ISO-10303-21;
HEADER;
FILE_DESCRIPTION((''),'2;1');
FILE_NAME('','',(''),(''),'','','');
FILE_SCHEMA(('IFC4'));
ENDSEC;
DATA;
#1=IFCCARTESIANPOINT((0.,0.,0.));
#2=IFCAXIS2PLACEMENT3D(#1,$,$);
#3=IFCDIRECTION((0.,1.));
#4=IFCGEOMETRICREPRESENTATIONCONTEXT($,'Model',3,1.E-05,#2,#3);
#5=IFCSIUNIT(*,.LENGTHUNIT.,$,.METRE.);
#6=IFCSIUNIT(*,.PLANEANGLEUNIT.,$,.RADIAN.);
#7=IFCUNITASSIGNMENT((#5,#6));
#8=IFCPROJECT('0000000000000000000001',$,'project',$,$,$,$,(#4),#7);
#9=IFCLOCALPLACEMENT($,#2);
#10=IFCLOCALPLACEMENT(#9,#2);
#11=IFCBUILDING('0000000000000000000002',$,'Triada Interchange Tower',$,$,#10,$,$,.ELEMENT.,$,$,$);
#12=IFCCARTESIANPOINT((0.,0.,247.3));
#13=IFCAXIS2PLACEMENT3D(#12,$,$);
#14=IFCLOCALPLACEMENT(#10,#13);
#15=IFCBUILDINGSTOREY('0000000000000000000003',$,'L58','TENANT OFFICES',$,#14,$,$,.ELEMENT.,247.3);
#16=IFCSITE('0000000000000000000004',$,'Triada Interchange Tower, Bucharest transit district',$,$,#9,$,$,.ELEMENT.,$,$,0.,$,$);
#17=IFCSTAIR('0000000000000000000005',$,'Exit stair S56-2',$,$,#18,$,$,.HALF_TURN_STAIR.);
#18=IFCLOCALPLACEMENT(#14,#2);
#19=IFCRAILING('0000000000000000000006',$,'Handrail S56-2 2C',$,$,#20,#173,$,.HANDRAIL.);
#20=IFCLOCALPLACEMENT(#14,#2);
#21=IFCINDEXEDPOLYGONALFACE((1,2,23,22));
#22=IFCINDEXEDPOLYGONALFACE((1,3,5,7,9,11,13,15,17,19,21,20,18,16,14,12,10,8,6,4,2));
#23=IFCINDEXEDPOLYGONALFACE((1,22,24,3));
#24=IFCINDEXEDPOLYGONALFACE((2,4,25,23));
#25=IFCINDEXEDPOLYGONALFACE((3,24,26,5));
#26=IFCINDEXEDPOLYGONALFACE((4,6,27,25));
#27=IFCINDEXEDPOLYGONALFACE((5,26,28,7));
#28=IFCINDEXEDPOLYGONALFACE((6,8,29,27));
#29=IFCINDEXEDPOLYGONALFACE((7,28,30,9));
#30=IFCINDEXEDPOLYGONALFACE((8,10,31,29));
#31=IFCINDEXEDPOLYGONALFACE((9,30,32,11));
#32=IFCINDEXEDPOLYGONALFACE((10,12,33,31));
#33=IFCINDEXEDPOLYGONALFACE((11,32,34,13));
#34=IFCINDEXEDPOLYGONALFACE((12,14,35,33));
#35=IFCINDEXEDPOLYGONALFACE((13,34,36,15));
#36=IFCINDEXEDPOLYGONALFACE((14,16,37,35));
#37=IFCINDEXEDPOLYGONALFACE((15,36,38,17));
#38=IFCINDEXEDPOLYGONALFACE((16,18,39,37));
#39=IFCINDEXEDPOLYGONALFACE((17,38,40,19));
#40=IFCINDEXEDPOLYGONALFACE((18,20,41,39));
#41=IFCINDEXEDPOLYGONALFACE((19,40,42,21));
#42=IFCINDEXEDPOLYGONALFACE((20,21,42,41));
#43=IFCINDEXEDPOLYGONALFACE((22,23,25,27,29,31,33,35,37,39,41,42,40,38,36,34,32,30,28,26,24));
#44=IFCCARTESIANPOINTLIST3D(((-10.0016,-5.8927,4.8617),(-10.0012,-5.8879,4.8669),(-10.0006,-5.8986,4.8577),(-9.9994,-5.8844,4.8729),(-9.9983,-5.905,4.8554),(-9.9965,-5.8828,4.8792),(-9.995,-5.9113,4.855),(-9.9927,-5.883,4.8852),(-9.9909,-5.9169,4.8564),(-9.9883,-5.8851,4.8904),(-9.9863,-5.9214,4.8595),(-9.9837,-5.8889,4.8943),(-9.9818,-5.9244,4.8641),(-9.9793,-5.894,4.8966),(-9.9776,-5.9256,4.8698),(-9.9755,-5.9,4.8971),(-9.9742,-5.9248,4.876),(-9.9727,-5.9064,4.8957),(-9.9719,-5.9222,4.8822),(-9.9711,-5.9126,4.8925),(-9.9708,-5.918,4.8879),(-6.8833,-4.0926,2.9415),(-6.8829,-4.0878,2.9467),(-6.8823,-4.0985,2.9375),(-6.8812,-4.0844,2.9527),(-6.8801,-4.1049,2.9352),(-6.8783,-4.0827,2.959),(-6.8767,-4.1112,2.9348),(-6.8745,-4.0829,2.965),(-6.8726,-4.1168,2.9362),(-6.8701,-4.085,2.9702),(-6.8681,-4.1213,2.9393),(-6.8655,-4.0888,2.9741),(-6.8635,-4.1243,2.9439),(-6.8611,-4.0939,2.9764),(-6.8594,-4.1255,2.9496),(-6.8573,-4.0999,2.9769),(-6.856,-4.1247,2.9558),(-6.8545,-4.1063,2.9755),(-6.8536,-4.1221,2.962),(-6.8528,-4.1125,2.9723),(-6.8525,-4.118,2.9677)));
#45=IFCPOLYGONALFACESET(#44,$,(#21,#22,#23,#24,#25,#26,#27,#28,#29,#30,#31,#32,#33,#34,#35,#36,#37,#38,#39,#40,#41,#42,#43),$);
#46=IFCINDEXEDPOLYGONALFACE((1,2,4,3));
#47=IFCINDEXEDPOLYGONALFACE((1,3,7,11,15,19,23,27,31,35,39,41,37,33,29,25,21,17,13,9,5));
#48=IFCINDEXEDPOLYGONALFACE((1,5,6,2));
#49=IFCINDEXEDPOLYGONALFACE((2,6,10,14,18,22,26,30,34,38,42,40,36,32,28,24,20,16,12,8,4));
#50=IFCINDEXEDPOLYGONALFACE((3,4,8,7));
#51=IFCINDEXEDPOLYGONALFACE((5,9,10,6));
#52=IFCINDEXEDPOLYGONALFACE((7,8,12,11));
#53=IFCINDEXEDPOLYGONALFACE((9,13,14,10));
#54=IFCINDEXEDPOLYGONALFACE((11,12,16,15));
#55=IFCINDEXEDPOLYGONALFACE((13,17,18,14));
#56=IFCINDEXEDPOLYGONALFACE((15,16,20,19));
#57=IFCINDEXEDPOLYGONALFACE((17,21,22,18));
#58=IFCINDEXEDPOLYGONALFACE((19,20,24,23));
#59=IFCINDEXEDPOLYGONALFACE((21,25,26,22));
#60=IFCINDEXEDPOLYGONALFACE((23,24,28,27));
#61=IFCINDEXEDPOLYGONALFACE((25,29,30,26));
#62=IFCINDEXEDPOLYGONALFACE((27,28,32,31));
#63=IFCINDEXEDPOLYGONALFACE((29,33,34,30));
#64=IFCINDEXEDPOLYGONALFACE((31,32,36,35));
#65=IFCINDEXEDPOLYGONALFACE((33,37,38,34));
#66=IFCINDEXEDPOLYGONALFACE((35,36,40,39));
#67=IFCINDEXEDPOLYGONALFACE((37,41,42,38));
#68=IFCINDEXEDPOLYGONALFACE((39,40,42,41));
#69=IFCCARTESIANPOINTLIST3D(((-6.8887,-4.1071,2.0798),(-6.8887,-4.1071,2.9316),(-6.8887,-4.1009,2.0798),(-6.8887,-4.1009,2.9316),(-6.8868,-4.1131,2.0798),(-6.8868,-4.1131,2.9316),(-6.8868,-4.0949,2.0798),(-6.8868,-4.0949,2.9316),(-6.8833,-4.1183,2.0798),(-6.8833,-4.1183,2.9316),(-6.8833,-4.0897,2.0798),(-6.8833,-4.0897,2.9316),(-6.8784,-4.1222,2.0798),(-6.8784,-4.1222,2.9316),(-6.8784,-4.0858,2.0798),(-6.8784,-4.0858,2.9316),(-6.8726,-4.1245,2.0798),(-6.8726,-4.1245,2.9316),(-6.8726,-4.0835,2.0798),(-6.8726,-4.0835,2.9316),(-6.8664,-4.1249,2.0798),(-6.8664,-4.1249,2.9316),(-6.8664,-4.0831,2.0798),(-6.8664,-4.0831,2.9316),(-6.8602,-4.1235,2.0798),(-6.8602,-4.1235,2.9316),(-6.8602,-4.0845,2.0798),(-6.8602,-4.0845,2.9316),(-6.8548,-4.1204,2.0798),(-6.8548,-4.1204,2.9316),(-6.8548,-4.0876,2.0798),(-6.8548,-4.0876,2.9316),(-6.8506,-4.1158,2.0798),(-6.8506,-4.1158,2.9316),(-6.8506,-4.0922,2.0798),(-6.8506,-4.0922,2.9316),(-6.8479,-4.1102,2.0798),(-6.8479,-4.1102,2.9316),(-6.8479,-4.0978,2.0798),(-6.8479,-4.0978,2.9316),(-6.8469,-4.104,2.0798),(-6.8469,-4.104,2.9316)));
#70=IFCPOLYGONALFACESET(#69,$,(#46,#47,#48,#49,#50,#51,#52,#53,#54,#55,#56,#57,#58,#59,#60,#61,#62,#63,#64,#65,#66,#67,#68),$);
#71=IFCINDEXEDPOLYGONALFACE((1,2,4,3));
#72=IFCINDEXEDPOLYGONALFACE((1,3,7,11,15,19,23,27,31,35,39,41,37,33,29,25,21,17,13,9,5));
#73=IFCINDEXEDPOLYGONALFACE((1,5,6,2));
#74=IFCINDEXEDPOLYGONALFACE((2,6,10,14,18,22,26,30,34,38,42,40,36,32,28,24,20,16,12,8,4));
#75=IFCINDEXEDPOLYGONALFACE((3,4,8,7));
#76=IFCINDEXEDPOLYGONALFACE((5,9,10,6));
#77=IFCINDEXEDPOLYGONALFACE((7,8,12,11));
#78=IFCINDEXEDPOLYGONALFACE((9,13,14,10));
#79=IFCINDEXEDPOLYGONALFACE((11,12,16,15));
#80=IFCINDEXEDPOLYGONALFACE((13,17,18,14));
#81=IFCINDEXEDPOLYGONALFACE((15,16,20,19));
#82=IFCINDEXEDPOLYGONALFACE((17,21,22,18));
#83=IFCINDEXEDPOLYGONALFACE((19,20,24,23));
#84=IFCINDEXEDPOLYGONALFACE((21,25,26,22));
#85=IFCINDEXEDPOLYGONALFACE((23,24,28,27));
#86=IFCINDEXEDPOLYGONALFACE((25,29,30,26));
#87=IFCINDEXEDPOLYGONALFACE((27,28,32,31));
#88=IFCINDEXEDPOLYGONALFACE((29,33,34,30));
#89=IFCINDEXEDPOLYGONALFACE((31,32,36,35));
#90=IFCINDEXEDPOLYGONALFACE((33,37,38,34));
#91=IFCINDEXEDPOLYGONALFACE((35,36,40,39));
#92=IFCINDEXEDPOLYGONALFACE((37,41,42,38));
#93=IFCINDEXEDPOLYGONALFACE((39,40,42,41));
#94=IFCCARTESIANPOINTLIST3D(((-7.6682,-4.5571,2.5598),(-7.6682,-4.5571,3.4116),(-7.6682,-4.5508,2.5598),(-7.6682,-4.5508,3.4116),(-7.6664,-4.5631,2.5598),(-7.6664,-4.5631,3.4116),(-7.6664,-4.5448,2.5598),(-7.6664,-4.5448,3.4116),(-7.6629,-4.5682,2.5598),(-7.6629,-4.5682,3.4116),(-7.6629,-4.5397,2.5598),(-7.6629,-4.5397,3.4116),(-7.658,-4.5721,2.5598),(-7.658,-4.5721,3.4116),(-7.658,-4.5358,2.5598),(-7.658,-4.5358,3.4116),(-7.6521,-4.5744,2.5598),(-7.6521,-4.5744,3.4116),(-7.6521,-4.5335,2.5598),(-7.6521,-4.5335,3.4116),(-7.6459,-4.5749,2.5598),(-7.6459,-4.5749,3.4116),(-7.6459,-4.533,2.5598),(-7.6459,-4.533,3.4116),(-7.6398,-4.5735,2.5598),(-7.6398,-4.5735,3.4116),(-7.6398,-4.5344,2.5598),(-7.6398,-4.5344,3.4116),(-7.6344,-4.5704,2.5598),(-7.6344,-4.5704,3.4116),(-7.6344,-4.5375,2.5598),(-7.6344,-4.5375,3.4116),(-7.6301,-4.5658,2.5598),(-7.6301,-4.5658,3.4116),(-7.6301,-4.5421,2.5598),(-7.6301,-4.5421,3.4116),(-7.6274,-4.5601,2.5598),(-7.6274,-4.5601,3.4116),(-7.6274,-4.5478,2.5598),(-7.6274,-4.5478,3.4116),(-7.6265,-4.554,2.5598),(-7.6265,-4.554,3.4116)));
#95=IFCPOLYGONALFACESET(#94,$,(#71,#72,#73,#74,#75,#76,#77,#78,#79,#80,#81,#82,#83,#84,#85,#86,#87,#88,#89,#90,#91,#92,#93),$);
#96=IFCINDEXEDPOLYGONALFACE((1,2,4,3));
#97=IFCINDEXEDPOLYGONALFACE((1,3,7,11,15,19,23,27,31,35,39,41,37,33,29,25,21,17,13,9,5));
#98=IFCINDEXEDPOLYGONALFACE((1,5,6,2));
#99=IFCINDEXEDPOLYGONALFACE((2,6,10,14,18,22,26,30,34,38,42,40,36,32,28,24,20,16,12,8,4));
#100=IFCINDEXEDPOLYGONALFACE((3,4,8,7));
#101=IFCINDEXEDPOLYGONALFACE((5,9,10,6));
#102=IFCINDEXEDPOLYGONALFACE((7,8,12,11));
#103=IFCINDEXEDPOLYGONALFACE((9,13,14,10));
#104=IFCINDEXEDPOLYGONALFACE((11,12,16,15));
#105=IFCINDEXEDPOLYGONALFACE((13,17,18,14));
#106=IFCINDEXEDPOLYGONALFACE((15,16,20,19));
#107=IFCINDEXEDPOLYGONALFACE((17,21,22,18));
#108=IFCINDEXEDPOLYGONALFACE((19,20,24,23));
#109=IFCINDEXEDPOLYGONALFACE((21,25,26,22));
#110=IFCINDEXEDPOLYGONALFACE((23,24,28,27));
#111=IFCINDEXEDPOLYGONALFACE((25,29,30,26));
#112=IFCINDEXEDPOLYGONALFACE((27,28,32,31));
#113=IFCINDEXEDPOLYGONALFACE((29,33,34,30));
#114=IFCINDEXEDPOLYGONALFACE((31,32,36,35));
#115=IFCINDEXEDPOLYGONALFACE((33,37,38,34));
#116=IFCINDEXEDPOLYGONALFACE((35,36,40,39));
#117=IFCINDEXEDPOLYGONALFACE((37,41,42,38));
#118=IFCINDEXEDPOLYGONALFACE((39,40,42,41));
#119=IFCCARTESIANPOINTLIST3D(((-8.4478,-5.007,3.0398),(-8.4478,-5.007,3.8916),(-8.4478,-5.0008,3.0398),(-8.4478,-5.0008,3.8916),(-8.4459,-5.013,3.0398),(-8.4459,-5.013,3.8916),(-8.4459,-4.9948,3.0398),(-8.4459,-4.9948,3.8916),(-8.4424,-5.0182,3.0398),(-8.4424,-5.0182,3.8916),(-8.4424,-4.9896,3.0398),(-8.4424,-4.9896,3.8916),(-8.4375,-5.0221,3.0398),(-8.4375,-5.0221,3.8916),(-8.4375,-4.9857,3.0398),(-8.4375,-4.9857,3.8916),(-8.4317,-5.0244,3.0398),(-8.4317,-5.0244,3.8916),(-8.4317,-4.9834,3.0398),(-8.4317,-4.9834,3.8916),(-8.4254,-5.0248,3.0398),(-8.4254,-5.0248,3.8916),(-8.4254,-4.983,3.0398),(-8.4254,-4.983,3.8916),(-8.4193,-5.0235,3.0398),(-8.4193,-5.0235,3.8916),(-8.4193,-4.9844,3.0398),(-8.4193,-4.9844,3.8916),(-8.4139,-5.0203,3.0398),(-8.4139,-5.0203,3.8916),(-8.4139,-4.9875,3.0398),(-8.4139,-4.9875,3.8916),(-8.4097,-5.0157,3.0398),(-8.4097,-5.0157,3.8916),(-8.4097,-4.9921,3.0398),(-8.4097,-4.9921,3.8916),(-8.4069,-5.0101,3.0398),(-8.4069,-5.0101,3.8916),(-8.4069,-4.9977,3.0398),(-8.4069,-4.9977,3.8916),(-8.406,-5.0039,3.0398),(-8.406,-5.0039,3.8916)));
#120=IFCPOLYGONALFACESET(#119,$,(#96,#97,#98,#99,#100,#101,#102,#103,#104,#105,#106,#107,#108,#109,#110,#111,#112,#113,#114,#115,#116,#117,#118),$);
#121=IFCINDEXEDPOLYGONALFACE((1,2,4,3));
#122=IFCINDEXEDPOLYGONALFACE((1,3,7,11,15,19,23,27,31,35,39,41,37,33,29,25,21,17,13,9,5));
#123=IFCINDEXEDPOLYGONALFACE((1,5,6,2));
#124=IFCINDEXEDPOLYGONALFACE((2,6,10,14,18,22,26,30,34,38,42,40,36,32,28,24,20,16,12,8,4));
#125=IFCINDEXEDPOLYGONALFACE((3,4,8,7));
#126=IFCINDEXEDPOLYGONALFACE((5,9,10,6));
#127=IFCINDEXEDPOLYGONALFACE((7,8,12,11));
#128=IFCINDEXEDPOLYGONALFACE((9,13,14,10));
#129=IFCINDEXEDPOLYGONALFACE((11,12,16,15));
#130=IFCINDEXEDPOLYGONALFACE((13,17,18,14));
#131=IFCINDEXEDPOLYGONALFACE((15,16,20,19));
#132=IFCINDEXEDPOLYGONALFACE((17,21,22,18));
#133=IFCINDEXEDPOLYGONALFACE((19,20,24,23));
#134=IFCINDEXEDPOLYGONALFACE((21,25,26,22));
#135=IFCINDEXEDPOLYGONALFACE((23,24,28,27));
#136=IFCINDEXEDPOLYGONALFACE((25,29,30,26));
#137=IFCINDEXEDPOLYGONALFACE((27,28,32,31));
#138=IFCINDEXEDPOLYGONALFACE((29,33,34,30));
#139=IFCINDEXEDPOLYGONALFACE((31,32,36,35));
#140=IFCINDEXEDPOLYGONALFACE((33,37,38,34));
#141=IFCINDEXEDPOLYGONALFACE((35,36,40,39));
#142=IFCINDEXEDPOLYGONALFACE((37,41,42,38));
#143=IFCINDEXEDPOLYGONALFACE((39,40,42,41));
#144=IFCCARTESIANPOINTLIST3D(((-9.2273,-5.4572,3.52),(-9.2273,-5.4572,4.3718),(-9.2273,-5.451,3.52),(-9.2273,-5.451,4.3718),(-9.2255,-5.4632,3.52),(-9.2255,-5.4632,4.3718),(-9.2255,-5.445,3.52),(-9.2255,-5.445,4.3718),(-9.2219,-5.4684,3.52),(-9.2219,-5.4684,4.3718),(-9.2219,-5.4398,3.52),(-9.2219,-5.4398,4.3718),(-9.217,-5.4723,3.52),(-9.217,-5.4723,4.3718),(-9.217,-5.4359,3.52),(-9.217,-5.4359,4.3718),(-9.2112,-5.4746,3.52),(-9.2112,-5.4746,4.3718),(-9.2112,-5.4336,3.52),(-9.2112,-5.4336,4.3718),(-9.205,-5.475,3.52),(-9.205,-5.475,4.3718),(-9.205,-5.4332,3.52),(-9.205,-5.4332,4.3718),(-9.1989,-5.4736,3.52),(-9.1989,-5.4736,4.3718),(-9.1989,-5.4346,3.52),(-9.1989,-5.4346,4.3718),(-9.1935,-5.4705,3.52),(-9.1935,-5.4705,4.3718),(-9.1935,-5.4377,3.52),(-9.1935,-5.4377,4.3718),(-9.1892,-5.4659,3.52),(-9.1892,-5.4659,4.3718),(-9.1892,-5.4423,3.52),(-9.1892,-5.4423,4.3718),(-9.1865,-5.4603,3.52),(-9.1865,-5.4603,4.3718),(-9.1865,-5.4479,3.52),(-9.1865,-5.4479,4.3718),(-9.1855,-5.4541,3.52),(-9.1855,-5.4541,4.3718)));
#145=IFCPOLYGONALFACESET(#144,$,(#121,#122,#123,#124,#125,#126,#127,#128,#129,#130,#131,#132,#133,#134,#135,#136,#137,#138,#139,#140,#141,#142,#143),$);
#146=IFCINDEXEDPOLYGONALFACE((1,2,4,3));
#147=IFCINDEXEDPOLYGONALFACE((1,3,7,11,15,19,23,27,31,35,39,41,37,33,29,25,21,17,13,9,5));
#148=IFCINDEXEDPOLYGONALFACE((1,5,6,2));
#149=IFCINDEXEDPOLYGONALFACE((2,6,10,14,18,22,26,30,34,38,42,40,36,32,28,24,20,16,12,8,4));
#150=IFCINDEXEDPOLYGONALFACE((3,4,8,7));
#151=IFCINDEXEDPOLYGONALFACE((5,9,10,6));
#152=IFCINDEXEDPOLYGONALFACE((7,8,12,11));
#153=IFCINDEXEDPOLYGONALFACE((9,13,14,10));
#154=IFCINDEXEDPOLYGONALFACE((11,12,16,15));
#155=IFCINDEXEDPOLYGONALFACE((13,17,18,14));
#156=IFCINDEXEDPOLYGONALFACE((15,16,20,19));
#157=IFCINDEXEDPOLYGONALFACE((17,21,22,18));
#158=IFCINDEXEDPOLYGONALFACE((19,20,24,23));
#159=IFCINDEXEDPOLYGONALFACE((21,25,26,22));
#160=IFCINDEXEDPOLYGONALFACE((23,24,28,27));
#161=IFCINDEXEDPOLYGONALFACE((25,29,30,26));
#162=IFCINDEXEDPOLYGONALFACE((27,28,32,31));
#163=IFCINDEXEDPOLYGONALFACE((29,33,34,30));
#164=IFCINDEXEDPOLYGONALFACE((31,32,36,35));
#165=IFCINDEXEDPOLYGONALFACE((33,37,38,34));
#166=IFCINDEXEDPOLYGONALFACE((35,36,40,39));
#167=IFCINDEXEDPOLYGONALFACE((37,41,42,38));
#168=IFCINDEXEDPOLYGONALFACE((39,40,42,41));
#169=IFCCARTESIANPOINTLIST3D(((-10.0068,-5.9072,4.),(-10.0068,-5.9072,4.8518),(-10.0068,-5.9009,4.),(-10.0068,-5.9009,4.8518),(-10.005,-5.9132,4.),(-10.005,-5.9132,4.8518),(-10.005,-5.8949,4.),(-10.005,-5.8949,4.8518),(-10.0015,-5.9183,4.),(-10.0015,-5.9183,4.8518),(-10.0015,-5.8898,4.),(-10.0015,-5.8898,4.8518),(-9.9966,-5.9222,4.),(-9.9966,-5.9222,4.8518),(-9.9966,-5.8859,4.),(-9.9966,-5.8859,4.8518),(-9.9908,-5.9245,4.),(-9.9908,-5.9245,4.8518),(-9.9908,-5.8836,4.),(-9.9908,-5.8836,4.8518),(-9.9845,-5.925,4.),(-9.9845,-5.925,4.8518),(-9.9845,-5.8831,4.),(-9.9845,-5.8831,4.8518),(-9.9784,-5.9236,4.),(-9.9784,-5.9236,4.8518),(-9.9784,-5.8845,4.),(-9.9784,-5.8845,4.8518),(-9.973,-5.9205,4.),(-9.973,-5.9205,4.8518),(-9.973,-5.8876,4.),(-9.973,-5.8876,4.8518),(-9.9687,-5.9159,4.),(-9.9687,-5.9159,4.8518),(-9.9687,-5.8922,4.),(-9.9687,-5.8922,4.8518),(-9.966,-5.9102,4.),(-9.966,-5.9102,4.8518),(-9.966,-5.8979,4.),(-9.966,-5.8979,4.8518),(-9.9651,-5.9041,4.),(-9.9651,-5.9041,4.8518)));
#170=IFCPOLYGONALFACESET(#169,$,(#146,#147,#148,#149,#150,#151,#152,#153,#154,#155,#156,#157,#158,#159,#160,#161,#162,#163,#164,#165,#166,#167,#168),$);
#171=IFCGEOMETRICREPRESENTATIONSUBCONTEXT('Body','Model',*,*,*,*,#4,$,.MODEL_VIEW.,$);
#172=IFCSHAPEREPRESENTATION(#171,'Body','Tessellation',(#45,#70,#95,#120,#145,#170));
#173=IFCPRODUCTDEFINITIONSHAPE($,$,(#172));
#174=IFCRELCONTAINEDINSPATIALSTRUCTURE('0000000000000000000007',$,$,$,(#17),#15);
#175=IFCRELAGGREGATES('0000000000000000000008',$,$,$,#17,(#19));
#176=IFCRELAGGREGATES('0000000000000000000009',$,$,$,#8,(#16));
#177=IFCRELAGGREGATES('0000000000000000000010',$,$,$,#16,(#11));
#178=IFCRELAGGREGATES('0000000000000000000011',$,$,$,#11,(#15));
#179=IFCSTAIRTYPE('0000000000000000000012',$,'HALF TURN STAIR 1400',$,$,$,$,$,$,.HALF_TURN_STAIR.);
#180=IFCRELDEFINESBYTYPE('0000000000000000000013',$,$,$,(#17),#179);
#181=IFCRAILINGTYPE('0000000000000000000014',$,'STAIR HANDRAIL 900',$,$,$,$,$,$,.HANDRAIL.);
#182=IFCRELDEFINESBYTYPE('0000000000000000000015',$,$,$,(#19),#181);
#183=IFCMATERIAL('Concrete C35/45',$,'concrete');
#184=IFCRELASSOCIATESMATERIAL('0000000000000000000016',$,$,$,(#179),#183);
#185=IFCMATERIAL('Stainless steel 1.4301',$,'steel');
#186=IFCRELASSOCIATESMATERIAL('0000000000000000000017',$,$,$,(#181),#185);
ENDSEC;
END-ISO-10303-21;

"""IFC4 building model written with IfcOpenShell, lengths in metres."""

from ifc_helpers import new_model, si_unit, direction, frame, origin, origin_2d, place, context, subcontext, project, spatial, circle, extrude, material, type_object, element, aggregate, save


model = new_model("IFC4")

# Units and contexts
model_context = context("Model", 3, precision=1e-05, world=origin(), true_north=direction((0.0, 1.0)))
body_context = subcontext(model_context, "Body", "Model", "MODEL_VIEW")
ifc_project = project(units=[si_unit("LENGTHUNIT", "METRE"), si_unit("PLANEANGLEUNIT", "RADIAN")], contexts=[model_context])

# Site, building, storey
site_placement = place(None, origin())
site = spatial("IfcSite", under=ifc_project, at=site_placement, Name="Triada Interchange Tower, Bucharest transit district", CompositionType="ELEMENT", RefElevation=0.0)
building_placement = place(site_placement, origin())
building = spatial("IfcBuilding", under=site, at=building_placement, Name="Triada Interchange Tower", CompositionType="ELEMENT")
storey_placement = place(building_placement, frame((0.0, 0.0, 247.3)))
storey = spatial("IfcBuildingStorey", under=building, at=storey_placement, Name="L58", Description="TENANT OFFICES", CompositionType="ELEMENT", Elevation=247.3)

# Stair, railing
ifc_material_1 = material(Name="Concrete C35/45", Category="concrete")
stair_type = type_object("IfcStairType", Name="HALF TURN STAIR 1400", PredefinedType="HALF_TURN_STAIR", material=ifc_material_1)
stair_placement = place(storey_placement, origin())
stair = element("IfcStair", 1, at=stair_placement, inside=storey, type_object=stair_type, Name="Exit stair S56-2", PredefinedType="HALF_TURN_STAIR")
ifc_material_2 = material(Name="Stainless steel 1.4301", Category="steel")
railing_type = type_object("IfcRailingType", Name="STAIR HANDRAIL 900", PredefinedType="HANDRAIL", material=ifc_material_2)
railing_1_placement = place(storey_placement, frame((-6.8679, -4.104, 2.0798)))
railing_1 = element("IfcRailing", 2, at=railing_1_placement, type_object=railing_type, Name="Handrail S56-2 2C", PredefinedType="HANDRAIL", context=body_context, shape_type="SweptSolid", body=[
    extrude(circle(Radius=0.0239, at=origin_2d()), frame((0.0, 0.0, 0.876), z_axis=(-0.76417, -0.441139, 0.470576), x_axis=(0.499953, -0.866052, 0.0)), (0.0, 0.0, 1.0), 4.0806),
    extrude(circle(Radius=0.021, at=origin_2d()), origin(), (0.0, 0.0, 1.0), 0.8518),
    extrude(circle(Radius=0.021, at=origin_2d()), frame((-0.7795, -0.45, 0.48)), (0.0, 0.0, 1.0), 0.8518),
    extrude(circle(Radius=0.021, at=origin_2d()), frame((-1.5591, -0.8999, 0.96)), (0.0, 0.0, 1.0), 0.8518),
    extrude(circle(Radius=0.021, at=origin_2d()), frame((-2.3386, -1.3501, 1.4402)), (0.0, 0.0, 1.0), 0.8518),
    extrude(circle(Radius=0.021, at=origin_2d()), frame((-3.1182, -1.8, 1.9202)), (0.0, 0.0, 1.0), 0.8518),
])
aggregate(stair, [railing_1])

save(model, "model.ifc")
